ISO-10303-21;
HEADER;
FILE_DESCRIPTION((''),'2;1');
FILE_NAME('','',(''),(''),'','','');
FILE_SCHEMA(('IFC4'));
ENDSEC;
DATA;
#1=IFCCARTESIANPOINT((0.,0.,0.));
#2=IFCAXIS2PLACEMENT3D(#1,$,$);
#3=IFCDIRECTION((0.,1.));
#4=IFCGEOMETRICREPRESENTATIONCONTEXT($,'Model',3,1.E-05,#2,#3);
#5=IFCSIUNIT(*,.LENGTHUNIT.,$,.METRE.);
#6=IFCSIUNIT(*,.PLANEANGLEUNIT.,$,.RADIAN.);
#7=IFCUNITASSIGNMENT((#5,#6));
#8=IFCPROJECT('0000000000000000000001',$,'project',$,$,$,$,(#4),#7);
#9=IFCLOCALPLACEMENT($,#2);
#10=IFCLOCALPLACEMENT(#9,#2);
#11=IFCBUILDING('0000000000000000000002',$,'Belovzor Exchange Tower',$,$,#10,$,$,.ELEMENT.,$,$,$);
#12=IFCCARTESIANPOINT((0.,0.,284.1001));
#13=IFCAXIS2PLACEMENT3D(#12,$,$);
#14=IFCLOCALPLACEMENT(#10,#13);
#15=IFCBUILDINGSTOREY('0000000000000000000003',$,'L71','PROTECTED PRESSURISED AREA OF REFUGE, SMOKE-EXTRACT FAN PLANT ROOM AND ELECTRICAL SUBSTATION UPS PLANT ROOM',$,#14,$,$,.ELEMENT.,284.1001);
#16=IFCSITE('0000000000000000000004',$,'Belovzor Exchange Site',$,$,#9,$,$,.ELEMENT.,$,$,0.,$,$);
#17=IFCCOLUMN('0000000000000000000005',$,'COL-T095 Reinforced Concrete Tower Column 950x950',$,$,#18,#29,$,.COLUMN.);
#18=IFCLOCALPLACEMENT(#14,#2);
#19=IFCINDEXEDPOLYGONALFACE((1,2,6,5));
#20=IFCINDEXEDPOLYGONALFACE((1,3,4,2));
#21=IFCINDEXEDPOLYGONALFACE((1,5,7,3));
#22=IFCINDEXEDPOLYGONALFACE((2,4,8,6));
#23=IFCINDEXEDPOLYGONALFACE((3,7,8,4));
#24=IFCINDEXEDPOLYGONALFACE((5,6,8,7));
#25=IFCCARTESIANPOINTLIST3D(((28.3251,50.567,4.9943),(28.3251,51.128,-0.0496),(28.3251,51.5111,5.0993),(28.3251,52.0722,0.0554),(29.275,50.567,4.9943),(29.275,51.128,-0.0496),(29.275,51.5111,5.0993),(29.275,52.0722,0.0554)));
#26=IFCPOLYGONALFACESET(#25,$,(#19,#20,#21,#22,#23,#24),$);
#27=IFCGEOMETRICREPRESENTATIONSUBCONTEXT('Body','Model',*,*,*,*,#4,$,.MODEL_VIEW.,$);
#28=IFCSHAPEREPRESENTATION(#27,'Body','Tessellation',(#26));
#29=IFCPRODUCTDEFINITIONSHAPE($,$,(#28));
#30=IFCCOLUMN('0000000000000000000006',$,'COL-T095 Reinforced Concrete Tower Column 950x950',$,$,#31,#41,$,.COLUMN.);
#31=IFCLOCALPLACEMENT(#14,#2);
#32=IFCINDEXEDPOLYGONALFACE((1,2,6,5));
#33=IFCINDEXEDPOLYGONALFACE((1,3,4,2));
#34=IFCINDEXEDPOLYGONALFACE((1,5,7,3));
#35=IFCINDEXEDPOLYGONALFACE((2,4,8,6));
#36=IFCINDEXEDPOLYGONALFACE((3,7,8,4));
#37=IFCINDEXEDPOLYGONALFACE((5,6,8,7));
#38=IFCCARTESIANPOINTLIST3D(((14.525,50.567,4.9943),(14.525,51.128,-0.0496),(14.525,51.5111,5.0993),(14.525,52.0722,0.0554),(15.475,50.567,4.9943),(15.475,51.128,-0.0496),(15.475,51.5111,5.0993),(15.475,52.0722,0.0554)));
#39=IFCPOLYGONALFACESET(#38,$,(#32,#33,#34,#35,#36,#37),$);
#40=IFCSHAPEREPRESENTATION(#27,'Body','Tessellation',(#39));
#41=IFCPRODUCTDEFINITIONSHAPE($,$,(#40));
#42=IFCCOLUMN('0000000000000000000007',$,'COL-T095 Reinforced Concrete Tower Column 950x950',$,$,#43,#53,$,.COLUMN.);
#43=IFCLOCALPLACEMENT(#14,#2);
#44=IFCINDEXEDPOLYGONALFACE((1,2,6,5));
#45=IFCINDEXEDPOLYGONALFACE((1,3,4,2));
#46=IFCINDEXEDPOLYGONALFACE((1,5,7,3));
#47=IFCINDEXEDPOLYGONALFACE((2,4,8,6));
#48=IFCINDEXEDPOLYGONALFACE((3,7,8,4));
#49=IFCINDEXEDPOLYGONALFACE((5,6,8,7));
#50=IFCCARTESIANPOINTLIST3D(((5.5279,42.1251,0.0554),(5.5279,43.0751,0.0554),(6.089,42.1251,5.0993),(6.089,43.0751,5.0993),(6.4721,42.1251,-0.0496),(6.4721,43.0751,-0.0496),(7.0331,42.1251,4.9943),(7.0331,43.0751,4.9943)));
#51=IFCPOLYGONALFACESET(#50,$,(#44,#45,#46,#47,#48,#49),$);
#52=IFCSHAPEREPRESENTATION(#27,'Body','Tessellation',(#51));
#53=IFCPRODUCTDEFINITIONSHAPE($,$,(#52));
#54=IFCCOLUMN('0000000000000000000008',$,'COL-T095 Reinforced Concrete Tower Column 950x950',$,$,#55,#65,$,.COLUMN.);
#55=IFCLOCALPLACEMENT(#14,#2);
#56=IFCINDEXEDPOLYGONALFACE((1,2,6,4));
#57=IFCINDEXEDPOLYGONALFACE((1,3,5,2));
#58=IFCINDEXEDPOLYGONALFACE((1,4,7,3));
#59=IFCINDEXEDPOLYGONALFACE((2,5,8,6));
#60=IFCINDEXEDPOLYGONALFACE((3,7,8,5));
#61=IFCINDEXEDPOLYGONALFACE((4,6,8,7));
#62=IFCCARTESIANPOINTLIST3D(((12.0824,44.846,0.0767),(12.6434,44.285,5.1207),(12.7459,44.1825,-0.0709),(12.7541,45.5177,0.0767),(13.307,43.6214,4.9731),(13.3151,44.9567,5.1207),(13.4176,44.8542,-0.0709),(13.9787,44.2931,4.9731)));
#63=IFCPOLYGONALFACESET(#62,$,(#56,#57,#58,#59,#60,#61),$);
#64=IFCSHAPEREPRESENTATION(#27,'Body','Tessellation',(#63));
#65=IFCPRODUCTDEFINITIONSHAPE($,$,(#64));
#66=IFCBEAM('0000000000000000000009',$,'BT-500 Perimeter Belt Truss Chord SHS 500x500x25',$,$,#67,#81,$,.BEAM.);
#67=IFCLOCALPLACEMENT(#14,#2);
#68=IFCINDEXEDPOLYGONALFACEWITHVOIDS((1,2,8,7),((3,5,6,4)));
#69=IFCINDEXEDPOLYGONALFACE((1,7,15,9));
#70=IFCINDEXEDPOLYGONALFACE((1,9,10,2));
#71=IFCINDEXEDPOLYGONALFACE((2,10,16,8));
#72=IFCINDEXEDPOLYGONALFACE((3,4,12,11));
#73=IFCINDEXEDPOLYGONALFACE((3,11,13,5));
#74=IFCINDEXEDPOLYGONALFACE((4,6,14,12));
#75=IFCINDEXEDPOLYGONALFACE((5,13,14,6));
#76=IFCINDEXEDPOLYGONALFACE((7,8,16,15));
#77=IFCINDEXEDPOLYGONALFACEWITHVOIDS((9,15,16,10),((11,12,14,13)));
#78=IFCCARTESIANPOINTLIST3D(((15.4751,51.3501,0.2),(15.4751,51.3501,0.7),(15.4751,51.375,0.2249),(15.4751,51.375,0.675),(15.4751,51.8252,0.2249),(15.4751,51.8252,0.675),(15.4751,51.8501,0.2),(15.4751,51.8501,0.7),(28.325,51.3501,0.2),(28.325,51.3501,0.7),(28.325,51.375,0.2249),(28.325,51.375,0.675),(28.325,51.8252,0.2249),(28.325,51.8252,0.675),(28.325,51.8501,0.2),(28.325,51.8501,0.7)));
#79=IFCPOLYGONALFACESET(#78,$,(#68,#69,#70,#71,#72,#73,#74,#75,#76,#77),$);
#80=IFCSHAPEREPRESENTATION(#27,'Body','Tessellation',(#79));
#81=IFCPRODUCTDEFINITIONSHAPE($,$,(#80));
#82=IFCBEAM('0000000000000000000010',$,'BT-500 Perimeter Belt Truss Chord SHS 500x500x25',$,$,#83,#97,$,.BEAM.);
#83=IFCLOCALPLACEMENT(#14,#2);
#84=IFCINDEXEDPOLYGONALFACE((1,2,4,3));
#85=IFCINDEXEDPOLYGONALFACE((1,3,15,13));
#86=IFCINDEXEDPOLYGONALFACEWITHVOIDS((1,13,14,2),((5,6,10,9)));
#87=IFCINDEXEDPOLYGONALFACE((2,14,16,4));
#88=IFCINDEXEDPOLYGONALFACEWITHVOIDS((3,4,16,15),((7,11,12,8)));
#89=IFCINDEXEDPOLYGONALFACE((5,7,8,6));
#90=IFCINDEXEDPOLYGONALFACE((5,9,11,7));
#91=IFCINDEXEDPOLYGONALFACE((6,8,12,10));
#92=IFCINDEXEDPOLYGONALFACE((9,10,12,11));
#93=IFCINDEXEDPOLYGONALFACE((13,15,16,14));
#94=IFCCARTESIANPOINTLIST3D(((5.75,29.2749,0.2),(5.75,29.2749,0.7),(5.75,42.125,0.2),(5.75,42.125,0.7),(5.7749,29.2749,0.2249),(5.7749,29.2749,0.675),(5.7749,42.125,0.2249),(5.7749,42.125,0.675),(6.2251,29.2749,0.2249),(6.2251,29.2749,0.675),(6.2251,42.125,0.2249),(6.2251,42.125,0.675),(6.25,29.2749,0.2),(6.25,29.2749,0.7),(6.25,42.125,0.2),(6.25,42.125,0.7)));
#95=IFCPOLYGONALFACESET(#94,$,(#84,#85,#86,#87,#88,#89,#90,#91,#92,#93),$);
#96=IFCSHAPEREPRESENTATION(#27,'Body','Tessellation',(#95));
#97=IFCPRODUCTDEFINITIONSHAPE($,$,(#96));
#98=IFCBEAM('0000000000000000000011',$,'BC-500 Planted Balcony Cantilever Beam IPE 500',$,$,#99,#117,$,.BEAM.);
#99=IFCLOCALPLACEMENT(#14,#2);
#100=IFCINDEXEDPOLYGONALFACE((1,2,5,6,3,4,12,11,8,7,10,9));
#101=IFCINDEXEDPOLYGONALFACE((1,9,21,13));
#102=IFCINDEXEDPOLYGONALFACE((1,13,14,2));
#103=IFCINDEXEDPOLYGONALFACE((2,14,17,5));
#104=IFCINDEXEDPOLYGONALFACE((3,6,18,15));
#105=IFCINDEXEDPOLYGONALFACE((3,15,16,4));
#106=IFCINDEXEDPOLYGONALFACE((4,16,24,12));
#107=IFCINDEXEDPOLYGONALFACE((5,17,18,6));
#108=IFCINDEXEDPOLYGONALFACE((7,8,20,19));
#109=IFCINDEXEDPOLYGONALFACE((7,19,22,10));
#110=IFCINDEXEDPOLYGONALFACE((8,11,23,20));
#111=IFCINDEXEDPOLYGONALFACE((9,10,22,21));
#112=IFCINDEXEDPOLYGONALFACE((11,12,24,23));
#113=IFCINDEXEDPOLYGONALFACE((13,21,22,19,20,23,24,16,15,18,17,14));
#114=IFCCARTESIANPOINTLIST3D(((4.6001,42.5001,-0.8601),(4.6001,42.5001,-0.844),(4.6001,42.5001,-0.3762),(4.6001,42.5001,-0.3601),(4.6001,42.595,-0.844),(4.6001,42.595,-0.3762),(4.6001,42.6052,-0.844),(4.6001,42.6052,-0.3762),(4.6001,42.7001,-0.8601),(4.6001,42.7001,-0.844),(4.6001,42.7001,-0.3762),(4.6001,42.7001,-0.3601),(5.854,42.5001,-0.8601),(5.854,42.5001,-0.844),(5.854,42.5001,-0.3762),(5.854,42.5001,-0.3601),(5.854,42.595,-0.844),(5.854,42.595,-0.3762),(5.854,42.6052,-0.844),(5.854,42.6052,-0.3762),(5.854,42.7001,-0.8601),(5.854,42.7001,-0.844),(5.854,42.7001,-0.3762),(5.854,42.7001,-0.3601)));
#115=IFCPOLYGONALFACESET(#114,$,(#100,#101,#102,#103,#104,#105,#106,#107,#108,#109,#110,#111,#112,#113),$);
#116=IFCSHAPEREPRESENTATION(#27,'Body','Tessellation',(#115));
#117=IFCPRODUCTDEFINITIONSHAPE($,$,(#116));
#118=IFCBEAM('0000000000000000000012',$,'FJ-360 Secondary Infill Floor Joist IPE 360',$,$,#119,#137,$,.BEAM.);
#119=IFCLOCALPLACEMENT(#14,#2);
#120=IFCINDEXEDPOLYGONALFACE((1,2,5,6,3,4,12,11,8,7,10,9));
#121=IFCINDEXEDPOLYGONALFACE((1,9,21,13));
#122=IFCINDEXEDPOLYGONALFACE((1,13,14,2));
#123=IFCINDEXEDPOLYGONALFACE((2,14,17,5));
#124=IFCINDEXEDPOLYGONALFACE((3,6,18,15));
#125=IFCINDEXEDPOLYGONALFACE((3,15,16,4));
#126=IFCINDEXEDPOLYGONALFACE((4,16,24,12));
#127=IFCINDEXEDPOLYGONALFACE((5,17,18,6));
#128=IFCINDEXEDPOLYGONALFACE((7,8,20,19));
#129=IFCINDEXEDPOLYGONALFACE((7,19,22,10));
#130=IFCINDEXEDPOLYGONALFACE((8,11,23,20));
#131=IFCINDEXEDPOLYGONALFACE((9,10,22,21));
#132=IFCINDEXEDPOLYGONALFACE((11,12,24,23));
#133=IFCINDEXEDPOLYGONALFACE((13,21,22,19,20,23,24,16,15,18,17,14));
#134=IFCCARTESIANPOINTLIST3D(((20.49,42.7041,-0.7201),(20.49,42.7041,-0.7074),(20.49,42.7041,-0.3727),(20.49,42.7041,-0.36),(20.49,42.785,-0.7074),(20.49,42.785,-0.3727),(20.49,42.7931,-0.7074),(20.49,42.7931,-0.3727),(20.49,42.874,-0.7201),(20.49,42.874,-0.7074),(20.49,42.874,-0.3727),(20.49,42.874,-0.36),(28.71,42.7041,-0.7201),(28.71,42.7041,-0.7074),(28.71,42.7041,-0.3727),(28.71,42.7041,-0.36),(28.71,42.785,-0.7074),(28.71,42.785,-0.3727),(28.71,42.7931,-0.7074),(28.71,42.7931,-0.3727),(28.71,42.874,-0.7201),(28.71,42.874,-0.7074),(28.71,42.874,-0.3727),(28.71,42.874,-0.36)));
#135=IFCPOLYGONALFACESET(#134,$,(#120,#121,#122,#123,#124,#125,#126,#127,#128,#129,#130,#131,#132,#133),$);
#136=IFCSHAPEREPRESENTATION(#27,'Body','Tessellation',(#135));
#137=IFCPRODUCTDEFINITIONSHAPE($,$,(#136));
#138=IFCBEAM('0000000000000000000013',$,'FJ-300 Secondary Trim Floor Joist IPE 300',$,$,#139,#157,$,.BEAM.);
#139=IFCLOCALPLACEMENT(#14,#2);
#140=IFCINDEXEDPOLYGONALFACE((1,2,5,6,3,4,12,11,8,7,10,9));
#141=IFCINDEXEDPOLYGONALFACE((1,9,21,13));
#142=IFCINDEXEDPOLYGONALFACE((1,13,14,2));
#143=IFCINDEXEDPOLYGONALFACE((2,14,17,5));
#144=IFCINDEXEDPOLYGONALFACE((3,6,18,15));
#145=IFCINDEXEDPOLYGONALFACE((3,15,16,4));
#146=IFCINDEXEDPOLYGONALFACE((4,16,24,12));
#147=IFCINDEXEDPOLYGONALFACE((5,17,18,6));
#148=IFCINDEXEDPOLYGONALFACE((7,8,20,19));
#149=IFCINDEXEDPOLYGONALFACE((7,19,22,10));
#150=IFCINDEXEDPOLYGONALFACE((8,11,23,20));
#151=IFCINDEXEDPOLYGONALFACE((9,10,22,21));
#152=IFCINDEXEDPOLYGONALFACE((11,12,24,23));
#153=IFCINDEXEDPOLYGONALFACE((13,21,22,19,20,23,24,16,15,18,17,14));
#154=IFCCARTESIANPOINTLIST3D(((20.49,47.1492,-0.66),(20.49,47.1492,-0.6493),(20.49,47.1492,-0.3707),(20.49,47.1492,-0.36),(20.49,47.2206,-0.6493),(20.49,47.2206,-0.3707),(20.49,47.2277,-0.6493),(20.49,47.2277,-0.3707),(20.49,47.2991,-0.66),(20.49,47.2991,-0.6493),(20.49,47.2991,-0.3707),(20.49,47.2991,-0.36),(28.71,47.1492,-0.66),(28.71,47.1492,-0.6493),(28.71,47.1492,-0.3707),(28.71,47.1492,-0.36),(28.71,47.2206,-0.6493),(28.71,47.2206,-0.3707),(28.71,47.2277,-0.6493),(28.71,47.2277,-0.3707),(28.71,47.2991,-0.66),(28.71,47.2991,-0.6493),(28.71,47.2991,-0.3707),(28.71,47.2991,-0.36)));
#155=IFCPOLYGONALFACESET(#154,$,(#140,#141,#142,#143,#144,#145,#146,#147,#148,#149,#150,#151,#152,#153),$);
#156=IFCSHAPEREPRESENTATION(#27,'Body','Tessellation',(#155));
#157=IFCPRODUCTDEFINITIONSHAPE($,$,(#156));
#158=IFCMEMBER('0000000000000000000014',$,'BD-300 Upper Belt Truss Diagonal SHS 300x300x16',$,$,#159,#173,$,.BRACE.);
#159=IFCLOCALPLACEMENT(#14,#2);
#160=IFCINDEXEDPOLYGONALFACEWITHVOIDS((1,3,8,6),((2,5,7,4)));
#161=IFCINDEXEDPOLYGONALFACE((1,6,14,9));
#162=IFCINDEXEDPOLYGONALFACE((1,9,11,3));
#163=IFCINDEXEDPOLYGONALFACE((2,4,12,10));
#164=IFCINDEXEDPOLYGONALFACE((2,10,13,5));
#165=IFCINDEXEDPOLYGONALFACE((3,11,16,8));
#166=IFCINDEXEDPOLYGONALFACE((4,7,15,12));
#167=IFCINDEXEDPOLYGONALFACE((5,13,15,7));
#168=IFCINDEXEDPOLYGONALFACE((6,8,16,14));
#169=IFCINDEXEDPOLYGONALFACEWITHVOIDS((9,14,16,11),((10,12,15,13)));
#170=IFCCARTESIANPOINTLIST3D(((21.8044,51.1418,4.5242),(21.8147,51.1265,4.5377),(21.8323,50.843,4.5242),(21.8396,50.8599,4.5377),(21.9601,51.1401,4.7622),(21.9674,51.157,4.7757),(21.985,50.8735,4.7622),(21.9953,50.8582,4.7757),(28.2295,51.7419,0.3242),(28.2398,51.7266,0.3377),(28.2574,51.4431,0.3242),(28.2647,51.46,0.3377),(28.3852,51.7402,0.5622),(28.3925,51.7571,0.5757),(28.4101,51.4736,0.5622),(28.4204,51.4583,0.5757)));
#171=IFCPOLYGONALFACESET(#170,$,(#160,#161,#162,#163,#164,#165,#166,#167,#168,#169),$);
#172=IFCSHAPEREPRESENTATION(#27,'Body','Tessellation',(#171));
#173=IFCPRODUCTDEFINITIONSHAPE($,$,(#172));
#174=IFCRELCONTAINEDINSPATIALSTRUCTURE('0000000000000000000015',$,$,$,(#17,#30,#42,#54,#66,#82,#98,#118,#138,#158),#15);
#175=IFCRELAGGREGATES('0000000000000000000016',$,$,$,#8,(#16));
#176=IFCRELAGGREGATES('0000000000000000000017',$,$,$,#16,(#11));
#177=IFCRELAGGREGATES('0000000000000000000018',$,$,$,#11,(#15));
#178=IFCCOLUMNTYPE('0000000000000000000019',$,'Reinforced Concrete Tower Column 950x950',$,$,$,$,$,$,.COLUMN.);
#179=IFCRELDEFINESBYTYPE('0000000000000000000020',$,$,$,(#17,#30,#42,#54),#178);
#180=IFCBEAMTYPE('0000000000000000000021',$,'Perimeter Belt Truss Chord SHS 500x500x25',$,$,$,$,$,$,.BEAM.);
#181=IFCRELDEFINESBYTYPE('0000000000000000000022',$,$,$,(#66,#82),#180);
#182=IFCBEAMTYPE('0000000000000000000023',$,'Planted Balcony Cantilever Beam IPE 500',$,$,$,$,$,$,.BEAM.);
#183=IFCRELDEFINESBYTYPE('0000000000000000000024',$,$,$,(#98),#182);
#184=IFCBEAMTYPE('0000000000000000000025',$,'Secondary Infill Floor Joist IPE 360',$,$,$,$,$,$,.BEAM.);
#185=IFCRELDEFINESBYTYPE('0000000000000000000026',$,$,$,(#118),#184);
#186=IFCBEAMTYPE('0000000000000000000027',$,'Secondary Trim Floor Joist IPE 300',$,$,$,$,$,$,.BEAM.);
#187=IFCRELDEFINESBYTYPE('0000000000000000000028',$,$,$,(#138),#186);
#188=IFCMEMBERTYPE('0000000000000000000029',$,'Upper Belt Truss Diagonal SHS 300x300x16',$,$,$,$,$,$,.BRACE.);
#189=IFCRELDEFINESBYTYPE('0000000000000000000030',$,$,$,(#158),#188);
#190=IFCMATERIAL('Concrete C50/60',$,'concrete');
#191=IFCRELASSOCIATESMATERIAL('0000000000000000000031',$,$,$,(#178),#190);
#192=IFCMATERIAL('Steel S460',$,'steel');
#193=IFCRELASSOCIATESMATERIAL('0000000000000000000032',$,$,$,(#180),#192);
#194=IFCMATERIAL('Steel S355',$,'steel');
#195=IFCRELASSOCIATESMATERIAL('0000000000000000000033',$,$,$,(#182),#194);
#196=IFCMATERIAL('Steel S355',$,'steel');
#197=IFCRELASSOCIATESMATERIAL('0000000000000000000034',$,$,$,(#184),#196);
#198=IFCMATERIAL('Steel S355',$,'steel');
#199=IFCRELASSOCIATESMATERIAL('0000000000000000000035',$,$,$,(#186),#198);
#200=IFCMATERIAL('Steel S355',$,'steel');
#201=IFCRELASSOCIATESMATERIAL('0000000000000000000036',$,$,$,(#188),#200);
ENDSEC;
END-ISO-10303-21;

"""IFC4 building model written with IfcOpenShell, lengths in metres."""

from ifc_helpers import new_model, si_unit, direction, frame, origin, origin_2d, place, context, subcontext, project, spatial, rectangle, hollow_rectangle, i_section, extrude, material, material_profile, profile_set, type_object, element, save


model = new_model("IFC4")

# Units and contexts
model_context = context("Model", 3, precision=1e-05, world=origin(), true_north=direction((0.0, 1.0)))
body_context = subcontext(model_context, "Body", "Model", "MODEL_VIEW")
ifc_project = project(units=[si_unit("LENGTHUNIT", "METRE"), si_unit("PLANEANGLEUNIT", "RADIAN")], contexts=[model_context])

# Site, building, storey
site_placement = place(None, origin())
site = spatial("IfcSite", under=ifc_project, at=site_placement, Name="Belovzor Exchange Site", CompositionType="ELEMENT", RefElevation=0.0)
building_placement = place(site_placement, origin())
building = spatial("IfcBuilding", under=site, at=building_placement, Name="Belovzor Exchange Tower", CompositionType="ELEMENT")
storey_placement = place(building_placement, frame((0.0, 0.0, 284.1001)))
storey = spatial("IfcBuildingStorey", under=building, at=storey_placement, Name="L71", Description="PROTECTED PRESSURISED AREA OF REFUGE, SMOKE-EXTRACT FAN PLANT ROOM AND ELECTRICAL SUBSTATION UPS PLANT ROOM", CompositionType="ELEMENT", Elevation=284.1001)

# Columns
ifc_material_1 = material(Name="Concrete C50/60", Category="concrete")
ifc_material_profile_1 = material_profile(ifc_material_1, rectangle(XDim=0.95, YDim=0.95, at=origin_2d()))
ifc_profile_set_1 = profile_set([ifc_material_profile_1], Name="Concrete C50/60")
column_type = type_object("IfcColumnType", Name="Reinforced Concrete Tower Column 950x950", PredefinedType="COLUMN", material=ifc_profile_set_1)
for number, where, z_axis, x_axis, name in (
    (1, (28.8, 51.6001, 0.0029), (0.0, -0.110548, 0.993871), (1.0, 0.0, 0.0), "COL-T095 Reinforced Concrete Tower Column 950x950"),
    (2, (15.0, 51.6001, 0.0029), (0.0, -0.110548, 0.993871), (1.0, 0.0, 0.0), "COL-T095 Reinforced Concrete Tower Column 950x950"),
    (3, (6.0, 42.6001, 0.0029), (0.110548, 0.0, 0.993871), (0.0, 1.0, 0.0), "COL-T095 Reinforced Concrete Tower Column 950x950"),
):
    element("IfcColumn", number, at=place(storey_placement, frame(where, z_axis=z_axis, x_axis=x_axis)), inside=storey, type_object=column_type, Name=name, PredefinedType="COLUMN", context=body_context, shape_type="SweptSolid", body=[
        extrude(rectangle(XDim=0.95, YDim=0.95, at=origin_2d()), origin(), (0.0, 0.0, 1.0), 5.075),
    ])
column_placement = place(storey_placement, frame((12.75, 44.8501, 0.0029), z_axis=(0.109878, -0.109878, 0.987853), x_axis=(0.707107, 0.707107, 0.0)))
element("IfcColumn", 4, at=column_placement, inside=storey, type_object=column_type, Name="COL-T095 Reinforced Concrete Tower Column 950x950", PredefinedType="COLUMN", context=body_context, shape_type="SweptSolid", body=[
    extrude(rectangle(XDim=0.95, YDim=0.95, at=origin_2d()), origin(), (0.0, 0.0, 1.0), 5.106),
])

# Beams
ifc_material_2 = material(Name="Steel S460", Category="steel")
ifc_material_profile_2 = material_profile(ifc_material_2, hollow_rectangle(XDim=0.5, YDim=0.5, WallThickness=0.0249, at=origin_2d()))
ifc_profile_set_2 = profile_set([ifc_material_profile_2], Name="Steel S460")
beam_type_1 = type_object("IfcBeamType", Name="Perimeter Belt Truss Chord SHS 500x500x25", PredefinedType="BEAM", material=ifc_profile_set_2)
beam_1_placement = place(storey_placement, frame((28.325, 51.6001, 0.45), z_axis=(-1.0, 0.0, 0.0), x_axis=(0.0, -1.0, 0.0)))
element("IfcBeam", 5, at=beam_1_placement, inside=storey, type_object=beam_type_1, Name="BT-500 Perimeter Belt Truss Chord SHS 500x500x25", PredefinedType="BEAM", context=body_context, shape_type="SweptSolid", body=[
    extrude(hollow_rectangle(XDim=0.5, YDim=0.5, WallThickness=0.0249, at=origin_2d()), origin(), (0.0, 0.0, 1.0), 12.8499),
])
beam_2_placement = place(storey_placement, frame((6.0, 42.125, 0.45), z_axis=(0.0, -1.0, 0.0), x_axis=(1.0, 0.0, 0.0)))
element("IfcBeam", 6, at=beam_2_placement, inside=storey, type_object=beam_type_1, Name="BT-500 Perimeter Belt Truss Chord SHS 500x500x25", PredefinedType="BEAM", context=body_context, shape_type="SweptSolid", body=[
    extrude(hollow_rectangle(XDim=0.5, YDim=0.5, WallThickness=0.0249, at=origin_2d()), origin(), (0.0, 0.0, 1.0), 12.8501),
])
ifc_material_3 = material(Name="Steel S355", Category="steel")
ifc_material_profile_3 = material_profile(ifc_material_3, i_section(OverallWidth=0.2, OverallDepth=0.5, WebThickness=0.0103, FlangeThickness=0.0161, at=origin_2d()))
ifc_profile_set_3 = profile_set([ifc_material_profile_3], Name="Steel S355")
beam_type_2 = type_object("IfcBeamType", Name="Planted Balcony Cantilever Beam IPE 500", PredefinedType="BEAM", material=ifc_profile_set_3)
beam_3_placement = place(storey_placement, frame((5.854, 42.6001, -0.6101), z_axis=(-1.0, 0.0, 0.0), x_axis=(0.0, -1.0, 0.0)))
element("IfcBeam", 7, at=beam_3_placement, inside=storey, type_object=beam_type_2, Name="BC-500 Planted Balcony Cantilever Beam IPE 500", PredefinedType="BEAM", context=body_context, shape_type="SweptSolid", body=[
    extrude(i_section(OverallWidth=0.2, OverallDepth=0.5, WebThickness=0.0103, FlangeThickness=0.0161, at=origin_2d()), origin(), (0.0, 0.0, 1.0), 1.2539),
])
ifc_material_4 = material(Name="Steel S355", Category="steel")
ifc_material_profile_4 = material_profile(ifc_material_4, i_section(OverallWidth=0.1699, OverallDepth=0.3601, WebThickness=0.0081, FlangeThickness=0.0127, at=origin_2d()))
ifc_profile_set_4 = profile_set([ifc_material_profile_4], Name="Steel S355")
beam_type_3 = type_object("IfcBeamType", Name="Secondary Infill Floor Joist IPE 360", PredefinedType="BEAM", material=ifc_profile_set_4)
beam_4_placement = place(storey_placement, frame((20.49, 42.7891, -0.54), z_axis=(1.0, 0.0, 0.0), x_axis=(0.0, 1.0, 0.0)))
element("IfcBeam", 8, at=beam_4_placement, inside=storey, type_object=beam_type_3, Name="FJ-360 Secondary Infill Floor Joist IPE 360", PredefinedType="BEAM", context=body_context, shape_type="SweptSolid", body=[
    extrude(i_section(OverallWidth=0.1699, OverallDepth=0.3601, WebThickness=0.0081, FlangeThickness=0.0127, at=origin_2d()), origin(), (0.0, 0.0, 1.0), 8.22),
])
ifc_material_5 = material(Name="Steel S355", Category="steel")
ifc_material_profile_5 = material_profile(ifc_material_5, i_section(OverallWidth=0.1499, OverallDepth=0.3, WebThickness=0.0071, FlangeThickness=0.0107, at=origin_2d()))
ifc_profile_set_5 = profile_set([ifc_material_profile_5], Name="Steel S355")
beam_type_4 = type_object("IfcBeamType", Name="Secondary Trim Floor Joist IPE 300", PredefinedType="BEAM", material=ifc_profile_set_5)
beam_5_placement = place(storey_placement, frame((20.49, 47.2241, -0.51), z_axis=(1.0, 0.0, 0.0), x_axis=(0.0, 1.0, 0.0)))
element("IfcBeam", 9, at=beam_5_placement, inside=storey, type_object=beam_type_4, Name="FJ-300 Secondary Trim Floor Joist IPE 300", PredefinedType="BEAM", context=body_context, shape_type="SweptSolid", body=[
    extrude(i_section(OverallWidth=0.1499, OverallDepth=0.3, WebThickness=0.0071, FlangeThickness=0.0107, at=origin_2d()), origin(), (0.0, 0.0, 1.0), 8.22),
])

# Member
ifc_material_6 = material(Name="Steel S355", Category="steel")
ifc_material_profile_6 = material_profile(ifc_material_6, hollow_rectangle(XDim=0.3, YDim=0.3, WallThickness=0.0161, at=origin_2d()))
ifc_profile_set_6 = profile_set([ifc_material_profile_6], Name="Steel S355")
member_type_1 = type_object("IfcMemberType", Name="Upper Belt Truss Diagonal SHS 300x300x16", PredefinedType="BRACE", material=ifc_profile_set_6)
member_1_placement = place(storey_placement, frame((28.325, 51.6001, 0.45), z_axis=(-0.834486, -0.077941, 0.54549), x_axis=(0.092995, -0.995667, 0.0)))
element("IfcMember", 10, at=member_1_placement, inside=storey, type_object=member_type_1, Name="BD-300 Upper Belt Truss Diagonal SHS 300x300x16", PredefinedType="BRACE", context=body_context, shape_type="SweptSolid", body=[
    extrude(hollow_rectangle(XDim=0.3, YDim=0.3, WallThickness=0.0161, at=origin_2d()), origin(), (0.0, 0.0, 1.0), 7.6995),
])

save(model, "model.ifc")
